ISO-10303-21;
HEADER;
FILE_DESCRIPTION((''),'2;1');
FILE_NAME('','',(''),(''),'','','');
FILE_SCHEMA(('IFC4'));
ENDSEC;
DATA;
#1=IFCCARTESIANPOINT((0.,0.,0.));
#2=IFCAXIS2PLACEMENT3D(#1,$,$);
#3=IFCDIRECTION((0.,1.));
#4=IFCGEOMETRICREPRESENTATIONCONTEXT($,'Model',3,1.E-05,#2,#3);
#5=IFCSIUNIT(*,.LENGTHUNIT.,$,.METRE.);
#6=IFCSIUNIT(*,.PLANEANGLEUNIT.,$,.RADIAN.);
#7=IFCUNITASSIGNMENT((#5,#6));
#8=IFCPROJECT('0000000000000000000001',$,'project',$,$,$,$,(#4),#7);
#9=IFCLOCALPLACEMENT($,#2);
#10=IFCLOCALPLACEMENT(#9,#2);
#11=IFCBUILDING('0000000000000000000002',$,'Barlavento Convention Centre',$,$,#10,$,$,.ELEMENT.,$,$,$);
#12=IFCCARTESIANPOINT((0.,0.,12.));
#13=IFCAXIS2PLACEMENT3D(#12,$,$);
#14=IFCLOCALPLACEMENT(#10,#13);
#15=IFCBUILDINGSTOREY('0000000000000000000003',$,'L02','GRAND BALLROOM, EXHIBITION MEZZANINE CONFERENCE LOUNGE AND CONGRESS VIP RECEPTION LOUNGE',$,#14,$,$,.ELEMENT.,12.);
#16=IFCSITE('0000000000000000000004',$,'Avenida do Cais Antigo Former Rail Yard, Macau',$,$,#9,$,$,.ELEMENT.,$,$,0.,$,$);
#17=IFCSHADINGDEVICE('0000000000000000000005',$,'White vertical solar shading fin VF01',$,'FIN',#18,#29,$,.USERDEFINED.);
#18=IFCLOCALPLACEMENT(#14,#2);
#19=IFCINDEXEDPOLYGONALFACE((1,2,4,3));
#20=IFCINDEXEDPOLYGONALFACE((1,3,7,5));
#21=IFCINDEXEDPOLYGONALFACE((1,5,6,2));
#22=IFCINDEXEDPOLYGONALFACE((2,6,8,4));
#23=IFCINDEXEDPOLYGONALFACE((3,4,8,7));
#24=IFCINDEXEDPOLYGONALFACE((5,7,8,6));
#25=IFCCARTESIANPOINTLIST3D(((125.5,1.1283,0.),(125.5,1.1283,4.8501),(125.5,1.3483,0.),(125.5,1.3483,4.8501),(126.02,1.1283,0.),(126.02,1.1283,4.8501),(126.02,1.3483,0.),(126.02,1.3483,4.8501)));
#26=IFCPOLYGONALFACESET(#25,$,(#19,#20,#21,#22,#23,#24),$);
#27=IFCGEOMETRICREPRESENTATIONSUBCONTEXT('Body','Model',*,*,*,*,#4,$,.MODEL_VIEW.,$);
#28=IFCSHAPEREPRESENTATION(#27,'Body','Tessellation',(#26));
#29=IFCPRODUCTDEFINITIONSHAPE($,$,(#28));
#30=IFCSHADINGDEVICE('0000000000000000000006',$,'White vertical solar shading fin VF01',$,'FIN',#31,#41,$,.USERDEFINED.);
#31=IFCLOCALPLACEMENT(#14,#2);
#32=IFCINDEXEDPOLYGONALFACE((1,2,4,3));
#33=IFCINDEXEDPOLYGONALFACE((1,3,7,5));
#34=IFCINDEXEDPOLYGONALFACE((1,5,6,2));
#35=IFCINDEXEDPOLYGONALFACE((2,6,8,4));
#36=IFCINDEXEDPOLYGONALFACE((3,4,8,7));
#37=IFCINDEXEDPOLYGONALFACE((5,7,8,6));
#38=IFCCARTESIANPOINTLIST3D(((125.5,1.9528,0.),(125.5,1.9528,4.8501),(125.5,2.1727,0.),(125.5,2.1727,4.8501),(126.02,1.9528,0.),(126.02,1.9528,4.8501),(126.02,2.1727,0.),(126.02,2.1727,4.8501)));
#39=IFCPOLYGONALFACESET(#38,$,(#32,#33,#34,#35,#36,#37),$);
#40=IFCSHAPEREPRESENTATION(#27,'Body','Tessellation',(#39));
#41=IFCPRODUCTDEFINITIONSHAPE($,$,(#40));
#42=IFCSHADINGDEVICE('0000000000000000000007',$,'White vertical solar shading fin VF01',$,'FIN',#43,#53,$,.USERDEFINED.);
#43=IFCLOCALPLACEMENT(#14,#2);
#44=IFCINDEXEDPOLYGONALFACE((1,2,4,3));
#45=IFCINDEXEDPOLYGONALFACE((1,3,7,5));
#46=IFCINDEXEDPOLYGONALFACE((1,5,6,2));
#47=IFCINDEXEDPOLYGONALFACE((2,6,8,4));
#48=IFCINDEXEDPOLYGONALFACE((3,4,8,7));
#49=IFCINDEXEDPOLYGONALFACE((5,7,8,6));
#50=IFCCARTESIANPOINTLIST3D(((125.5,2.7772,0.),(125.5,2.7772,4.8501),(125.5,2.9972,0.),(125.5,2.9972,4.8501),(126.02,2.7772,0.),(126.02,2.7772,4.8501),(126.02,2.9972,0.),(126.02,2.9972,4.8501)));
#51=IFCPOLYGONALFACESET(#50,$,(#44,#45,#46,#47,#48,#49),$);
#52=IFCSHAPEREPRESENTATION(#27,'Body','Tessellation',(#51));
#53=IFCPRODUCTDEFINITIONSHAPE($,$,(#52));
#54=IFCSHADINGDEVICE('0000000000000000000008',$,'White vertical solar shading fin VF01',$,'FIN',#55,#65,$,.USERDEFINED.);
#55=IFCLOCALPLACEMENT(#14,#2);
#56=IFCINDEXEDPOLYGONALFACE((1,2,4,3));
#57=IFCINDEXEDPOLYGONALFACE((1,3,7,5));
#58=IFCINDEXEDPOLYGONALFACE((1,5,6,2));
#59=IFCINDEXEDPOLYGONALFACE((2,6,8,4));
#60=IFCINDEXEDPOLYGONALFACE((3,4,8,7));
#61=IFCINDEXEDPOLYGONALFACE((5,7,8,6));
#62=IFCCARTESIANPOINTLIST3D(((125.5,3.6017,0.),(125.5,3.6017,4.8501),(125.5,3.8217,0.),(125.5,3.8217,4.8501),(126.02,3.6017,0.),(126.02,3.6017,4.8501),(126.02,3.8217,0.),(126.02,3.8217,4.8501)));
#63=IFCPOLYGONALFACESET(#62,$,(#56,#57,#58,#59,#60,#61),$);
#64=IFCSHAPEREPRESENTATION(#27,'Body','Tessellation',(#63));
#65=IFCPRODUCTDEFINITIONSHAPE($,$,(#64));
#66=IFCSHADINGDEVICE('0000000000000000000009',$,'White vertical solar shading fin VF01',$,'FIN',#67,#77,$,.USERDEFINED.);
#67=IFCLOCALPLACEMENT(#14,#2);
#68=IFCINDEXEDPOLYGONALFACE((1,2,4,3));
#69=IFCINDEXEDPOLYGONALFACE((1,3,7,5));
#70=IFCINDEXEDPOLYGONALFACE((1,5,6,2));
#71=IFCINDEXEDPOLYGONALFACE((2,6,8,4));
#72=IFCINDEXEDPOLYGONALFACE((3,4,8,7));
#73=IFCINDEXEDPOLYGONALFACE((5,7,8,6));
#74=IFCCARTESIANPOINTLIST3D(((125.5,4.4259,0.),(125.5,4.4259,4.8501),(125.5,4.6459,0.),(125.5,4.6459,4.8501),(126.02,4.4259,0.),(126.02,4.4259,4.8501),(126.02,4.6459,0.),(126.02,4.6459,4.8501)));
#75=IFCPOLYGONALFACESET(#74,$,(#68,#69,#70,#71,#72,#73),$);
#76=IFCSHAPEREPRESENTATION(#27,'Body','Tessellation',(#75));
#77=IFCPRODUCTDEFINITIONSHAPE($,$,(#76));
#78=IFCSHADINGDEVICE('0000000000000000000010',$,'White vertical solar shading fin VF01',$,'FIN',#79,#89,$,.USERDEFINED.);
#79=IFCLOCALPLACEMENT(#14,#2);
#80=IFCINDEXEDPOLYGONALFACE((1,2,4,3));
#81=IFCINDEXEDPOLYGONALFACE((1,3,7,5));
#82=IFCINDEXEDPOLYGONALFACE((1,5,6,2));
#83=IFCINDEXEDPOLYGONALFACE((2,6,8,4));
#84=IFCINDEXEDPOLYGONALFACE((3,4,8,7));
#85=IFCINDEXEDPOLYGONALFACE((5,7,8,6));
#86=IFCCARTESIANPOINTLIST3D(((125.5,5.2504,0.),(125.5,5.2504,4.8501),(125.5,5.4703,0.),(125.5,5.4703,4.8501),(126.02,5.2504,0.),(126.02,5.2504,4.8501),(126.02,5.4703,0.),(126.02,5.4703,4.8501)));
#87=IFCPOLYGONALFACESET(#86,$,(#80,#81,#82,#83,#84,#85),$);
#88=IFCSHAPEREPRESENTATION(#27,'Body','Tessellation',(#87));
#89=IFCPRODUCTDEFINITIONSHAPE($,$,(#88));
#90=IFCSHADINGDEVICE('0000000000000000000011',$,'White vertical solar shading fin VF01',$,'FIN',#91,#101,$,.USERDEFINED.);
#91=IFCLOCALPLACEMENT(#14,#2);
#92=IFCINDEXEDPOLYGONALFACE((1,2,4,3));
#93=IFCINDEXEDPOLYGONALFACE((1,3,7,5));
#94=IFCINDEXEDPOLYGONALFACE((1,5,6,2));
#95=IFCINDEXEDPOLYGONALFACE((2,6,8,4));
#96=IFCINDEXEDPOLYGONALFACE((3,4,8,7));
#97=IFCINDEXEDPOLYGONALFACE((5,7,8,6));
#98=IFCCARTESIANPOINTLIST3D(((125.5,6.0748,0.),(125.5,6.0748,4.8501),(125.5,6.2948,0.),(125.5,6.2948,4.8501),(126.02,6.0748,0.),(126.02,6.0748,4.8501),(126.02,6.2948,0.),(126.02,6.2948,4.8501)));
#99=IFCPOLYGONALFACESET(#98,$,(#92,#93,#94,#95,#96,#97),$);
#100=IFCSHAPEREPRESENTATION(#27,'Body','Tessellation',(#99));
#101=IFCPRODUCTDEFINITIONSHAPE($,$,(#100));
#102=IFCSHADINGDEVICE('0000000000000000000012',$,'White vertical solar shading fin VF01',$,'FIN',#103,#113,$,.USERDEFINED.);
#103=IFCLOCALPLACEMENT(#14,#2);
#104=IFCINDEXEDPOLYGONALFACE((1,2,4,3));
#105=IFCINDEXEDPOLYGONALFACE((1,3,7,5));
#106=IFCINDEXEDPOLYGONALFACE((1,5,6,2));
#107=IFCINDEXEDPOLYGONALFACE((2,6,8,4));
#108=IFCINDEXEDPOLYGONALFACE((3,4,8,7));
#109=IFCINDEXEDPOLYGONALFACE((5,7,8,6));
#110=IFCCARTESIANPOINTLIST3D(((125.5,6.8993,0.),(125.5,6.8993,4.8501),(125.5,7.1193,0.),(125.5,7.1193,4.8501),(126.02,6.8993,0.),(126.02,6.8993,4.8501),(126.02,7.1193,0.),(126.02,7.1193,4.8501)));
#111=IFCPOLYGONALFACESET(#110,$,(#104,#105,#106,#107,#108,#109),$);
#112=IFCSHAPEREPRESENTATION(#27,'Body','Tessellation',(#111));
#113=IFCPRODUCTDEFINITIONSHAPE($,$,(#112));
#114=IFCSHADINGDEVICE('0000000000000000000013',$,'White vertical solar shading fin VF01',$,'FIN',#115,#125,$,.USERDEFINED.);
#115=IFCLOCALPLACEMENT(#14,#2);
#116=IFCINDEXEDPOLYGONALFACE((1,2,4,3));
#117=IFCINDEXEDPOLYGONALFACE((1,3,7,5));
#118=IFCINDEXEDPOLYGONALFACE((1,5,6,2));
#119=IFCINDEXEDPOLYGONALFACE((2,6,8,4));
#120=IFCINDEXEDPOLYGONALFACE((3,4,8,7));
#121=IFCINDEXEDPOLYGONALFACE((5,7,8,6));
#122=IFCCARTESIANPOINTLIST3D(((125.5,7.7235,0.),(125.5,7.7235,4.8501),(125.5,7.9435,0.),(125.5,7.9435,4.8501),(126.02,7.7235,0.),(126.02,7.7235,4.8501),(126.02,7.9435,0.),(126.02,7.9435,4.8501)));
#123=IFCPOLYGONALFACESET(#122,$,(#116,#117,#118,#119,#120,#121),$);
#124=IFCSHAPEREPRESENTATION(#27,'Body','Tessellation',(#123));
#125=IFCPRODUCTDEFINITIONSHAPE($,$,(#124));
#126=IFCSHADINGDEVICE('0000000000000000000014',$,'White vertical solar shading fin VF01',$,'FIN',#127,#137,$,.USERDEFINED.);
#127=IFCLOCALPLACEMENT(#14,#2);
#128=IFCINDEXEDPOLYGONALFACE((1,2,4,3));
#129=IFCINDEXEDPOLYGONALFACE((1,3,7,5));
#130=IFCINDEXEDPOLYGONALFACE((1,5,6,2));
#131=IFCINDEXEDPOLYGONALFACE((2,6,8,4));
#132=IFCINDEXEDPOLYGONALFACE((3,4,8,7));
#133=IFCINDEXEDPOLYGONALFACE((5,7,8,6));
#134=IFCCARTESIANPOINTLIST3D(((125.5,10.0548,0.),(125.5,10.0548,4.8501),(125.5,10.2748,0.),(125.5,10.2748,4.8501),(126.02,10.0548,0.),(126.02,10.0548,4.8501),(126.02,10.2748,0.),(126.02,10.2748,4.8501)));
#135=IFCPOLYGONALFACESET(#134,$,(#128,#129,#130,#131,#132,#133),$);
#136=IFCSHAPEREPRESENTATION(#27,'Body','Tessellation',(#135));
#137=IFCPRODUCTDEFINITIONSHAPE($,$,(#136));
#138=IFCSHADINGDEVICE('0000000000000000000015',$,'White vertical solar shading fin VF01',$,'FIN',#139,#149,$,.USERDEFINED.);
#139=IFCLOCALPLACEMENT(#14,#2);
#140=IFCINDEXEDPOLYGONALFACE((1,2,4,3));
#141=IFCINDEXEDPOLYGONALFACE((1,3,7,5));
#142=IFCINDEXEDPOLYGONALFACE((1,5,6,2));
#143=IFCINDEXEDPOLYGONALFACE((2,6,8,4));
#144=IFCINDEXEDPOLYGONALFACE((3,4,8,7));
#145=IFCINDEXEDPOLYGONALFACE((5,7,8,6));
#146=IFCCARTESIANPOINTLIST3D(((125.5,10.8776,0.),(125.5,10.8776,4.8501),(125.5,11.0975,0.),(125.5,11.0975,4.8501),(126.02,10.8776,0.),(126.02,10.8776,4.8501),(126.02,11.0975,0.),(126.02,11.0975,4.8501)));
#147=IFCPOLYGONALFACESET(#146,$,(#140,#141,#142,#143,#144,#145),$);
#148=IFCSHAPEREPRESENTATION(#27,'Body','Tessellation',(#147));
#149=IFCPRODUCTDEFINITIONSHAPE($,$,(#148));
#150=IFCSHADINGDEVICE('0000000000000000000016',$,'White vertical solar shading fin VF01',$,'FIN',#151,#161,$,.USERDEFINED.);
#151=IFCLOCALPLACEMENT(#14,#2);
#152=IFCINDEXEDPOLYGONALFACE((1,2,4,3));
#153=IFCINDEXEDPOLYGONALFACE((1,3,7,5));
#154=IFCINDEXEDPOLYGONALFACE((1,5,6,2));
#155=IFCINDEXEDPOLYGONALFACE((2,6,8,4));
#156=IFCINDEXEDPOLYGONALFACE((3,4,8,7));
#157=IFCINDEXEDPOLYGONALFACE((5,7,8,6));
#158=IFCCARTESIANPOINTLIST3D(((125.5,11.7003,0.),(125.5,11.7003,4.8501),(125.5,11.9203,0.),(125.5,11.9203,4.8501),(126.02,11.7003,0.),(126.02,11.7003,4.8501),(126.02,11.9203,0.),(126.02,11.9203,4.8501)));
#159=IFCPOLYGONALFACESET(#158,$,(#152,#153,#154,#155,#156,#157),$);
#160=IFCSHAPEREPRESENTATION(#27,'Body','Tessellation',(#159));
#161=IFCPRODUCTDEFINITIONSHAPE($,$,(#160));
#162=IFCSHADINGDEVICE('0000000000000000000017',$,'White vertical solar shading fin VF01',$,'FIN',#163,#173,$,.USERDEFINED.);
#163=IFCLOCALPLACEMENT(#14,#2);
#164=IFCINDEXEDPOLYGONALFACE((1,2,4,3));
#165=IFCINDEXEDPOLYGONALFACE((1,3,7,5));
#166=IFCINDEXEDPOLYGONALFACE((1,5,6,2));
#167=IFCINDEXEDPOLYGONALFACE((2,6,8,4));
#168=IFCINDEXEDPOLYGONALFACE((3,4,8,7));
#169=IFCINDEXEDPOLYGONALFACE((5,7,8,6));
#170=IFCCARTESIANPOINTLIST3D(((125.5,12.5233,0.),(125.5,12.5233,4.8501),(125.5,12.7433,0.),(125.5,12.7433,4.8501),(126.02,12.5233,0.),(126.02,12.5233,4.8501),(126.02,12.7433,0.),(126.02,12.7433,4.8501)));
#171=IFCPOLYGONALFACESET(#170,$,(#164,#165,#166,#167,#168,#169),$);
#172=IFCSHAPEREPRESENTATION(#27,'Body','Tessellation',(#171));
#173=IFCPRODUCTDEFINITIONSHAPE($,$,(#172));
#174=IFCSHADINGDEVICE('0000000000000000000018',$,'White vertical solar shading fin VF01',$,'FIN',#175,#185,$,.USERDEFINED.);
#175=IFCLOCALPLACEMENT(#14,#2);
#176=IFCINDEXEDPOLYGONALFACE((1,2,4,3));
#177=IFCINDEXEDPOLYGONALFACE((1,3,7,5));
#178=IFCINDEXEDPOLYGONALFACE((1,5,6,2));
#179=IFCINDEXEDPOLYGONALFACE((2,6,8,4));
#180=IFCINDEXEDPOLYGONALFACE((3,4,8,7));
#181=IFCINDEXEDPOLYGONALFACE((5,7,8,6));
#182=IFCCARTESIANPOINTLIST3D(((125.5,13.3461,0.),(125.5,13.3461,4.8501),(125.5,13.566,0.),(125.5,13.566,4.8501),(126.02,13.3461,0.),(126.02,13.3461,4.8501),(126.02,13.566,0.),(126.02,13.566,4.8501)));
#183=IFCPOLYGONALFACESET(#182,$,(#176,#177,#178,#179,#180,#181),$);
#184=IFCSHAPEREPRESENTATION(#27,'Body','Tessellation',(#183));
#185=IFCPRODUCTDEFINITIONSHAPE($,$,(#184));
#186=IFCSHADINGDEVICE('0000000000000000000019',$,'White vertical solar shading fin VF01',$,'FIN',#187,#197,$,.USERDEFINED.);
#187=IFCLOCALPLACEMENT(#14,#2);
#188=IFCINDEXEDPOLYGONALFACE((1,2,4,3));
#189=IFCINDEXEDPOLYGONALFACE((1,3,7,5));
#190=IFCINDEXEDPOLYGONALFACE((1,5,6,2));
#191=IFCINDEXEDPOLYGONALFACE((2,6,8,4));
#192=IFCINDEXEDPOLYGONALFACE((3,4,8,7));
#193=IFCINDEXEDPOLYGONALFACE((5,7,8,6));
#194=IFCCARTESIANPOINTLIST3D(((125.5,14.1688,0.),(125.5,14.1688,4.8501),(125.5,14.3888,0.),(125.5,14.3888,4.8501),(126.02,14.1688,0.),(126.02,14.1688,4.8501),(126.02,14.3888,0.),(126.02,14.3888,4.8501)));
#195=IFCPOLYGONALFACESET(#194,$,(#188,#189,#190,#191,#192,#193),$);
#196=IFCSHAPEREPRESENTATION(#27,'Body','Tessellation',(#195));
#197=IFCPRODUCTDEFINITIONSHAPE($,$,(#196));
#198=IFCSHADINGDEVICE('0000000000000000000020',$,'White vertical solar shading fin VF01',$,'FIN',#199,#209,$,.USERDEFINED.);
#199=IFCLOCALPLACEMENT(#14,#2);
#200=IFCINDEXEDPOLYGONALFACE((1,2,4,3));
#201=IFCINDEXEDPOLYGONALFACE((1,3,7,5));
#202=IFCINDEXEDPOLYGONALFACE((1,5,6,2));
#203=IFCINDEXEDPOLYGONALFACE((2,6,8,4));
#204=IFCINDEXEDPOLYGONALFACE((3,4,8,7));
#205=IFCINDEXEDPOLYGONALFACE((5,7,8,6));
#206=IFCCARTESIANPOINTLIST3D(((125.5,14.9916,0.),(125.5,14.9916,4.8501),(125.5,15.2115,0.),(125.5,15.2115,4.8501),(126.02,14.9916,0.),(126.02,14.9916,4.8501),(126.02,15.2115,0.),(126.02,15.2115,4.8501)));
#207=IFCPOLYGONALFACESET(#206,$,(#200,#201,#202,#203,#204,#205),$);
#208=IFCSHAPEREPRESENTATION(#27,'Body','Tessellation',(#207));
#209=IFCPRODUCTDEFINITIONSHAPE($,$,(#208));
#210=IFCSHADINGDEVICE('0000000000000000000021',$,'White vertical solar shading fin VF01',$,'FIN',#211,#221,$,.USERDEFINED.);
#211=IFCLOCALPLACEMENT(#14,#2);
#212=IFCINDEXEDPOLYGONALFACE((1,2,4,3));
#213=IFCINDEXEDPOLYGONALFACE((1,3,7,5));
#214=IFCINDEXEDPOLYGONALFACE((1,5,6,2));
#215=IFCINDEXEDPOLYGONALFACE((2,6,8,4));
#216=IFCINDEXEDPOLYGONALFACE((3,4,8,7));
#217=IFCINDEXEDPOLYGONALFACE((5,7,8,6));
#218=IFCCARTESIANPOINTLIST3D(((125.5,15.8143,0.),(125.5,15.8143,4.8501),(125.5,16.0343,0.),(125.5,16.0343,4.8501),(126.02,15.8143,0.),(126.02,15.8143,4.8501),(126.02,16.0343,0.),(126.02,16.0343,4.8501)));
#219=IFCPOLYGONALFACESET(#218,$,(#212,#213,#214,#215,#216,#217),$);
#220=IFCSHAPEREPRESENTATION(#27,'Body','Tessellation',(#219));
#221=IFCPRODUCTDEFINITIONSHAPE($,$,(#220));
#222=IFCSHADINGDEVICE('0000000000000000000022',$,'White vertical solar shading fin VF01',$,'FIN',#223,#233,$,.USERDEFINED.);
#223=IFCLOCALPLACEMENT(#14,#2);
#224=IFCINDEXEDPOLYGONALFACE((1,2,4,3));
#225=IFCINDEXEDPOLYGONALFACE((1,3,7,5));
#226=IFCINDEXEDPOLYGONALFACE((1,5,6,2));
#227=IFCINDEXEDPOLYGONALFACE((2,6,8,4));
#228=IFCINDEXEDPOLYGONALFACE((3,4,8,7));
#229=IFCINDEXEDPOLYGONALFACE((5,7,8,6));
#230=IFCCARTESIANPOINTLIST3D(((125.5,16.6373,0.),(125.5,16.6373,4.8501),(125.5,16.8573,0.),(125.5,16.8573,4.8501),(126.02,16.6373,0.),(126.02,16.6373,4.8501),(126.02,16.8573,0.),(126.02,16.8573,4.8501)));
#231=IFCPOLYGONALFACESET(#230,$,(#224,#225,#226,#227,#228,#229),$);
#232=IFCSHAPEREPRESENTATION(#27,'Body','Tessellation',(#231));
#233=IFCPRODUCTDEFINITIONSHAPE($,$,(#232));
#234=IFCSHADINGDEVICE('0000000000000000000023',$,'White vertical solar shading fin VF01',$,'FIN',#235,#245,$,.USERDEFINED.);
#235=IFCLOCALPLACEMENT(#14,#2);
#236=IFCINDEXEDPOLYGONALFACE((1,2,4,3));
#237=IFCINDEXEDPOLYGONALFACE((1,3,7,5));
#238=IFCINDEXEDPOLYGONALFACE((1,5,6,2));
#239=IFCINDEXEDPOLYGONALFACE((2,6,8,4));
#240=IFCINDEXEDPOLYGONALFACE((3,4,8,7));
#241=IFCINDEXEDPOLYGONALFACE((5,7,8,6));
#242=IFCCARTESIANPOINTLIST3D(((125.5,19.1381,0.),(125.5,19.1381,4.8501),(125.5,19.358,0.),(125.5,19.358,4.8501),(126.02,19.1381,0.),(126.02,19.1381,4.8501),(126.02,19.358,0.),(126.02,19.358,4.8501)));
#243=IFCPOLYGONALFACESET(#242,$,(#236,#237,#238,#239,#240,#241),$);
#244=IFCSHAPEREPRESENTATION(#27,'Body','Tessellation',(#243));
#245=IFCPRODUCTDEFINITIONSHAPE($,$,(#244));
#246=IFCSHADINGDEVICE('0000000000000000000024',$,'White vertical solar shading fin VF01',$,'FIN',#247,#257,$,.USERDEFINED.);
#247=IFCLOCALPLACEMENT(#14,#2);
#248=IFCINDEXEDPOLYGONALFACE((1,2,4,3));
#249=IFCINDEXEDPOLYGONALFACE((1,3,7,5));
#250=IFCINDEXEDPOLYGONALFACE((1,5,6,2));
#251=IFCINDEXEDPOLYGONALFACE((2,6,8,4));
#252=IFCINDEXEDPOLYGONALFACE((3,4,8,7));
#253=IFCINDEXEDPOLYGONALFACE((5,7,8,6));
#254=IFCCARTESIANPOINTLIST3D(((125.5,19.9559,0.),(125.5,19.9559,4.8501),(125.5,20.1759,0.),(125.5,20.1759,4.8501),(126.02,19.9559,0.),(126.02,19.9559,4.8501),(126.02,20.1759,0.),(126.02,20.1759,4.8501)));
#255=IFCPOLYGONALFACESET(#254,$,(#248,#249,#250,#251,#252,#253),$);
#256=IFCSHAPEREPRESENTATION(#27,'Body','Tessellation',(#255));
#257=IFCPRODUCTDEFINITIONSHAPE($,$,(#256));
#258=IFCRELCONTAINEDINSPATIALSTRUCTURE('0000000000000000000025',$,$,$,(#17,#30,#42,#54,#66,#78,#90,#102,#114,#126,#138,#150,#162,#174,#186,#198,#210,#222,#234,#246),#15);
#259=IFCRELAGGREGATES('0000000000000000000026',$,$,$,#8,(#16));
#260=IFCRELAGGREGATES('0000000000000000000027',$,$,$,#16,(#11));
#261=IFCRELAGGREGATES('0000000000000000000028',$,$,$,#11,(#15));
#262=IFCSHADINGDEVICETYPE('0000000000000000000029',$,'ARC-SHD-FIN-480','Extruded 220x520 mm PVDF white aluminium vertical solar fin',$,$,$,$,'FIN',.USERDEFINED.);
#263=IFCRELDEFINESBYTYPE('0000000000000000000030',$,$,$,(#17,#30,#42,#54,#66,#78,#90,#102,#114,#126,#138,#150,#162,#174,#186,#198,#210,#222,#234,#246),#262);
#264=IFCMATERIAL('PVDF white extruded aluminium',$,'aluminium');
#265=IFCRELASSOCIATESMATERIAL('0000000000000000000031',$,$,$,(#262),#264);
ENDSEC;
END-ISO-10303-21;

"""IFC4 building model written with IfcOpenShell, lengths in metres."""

from ifc_helpers import new_model, si_unit, direction, frame, origin, origin_2d, place, context, subcontext, project, spatial, rectangle, extrude, material, type_object, element, save


model = new_model("IFC4")

# Units and contexts
model_context = context("Model", 3, precision=1e-05, world=origin(), true_north=direction((0.0, 1.0)))
body_context = subcontext(model_context, "Body", "Model", "MODEL_VIEW")
ifc_project = project(units=[si_unit("LENGTHUNIT", "METRE"), si_unit("PLANEANGLEUNIT", "RADIAN")], contexts=[model_context])

# Site, building, storey
site_placement = place(None, origin())
site = spatial("IfcSite", under=ifc_project, at=site_placement, Name="Avenida do Cais Antigo Former Rail Yard, Macau", CompositionType="ELEMENT", RefElevation=0.0)
building_placement = place(site_placement, origin())
building = spatial("IfcBuilding", under=site, at=building_placement, Name="Barlavento Convention Centre", CompositionType="ELEMENT")
storey_placement = place(building_placement, frame((0.0, 0.0, 12.0)))
storey = spatial("IfcBuildingStorey", under=building, at=storey_placement, Name="L02", Description="GRAND BALLROOM, EXHIBITION MEZZANINE CONFERENCE LOUNGE AND CONGRESS VIP RECEPTION LOUNGE", CompositionType="ELEMENT", Elevation=12.0)

# Shading devices
ifc_material_1 = material(Name="PVDF white extruded aluminium", Category="aluminium")
shading_device_type = type_object("IfcShadingDeviceType", Name="ARC-SHD-FIN-480", Description="Extruded 220x520 mm PVDF white aluminium vertical solar fin", ElementType="FIN", PredefinedType="USERDEFINED", material=ifc_material_1)
for number, where, z_axis, x_axis, name in (
    (1, (125.76, 1.2383, 0.0), (0.0, 0.0, 1.0), (0.0, 1.0, 0.0), "White vertical solar shading fin VF01"),
    (2, (125.76, 2.0627, 0.0), (0.0, 0.0, 1.0), (0.0, 1.0, 0.0), "White vertical solar shading fin VF01"),
    (3, (125.76, 2.8872, 0.0), (0.0, 0.0, 1.0), (0.0, 1.0, 0.0), "White vertical solar shading fin VF01"),
    (4, (125.76, 3.7117, 0.0), (0.0, 0.0, 1.0), (0.0, 1.0, 0.0), "White vertical solar shading fin VF01"),
    (5, (125.76, 4.5359, 0.0), (0.0, 0.0, 1.0), (0.0, 1.0, 0.0), "White vertical solar shading fin VF01"),
    (6, (125.76, 5.3604, 0.0), (0.0, 0.0, 1.0), (0.0, 1.0, 0.0), "White vertical solar shading fin VF01"),
    (7, (125.76, 6.1848, 0.0), (0.0, 0.0, 1.0), (0.0, 1.0, 0.0), "White vertical solar shading fin VF01"),
    (8, (125.76, 7.0093, 0.0), (0.0, 0.0, 1.0), (0.0, 1.0, 0.0), "White vertical solar shading fin VF01"),
    (9, (125.76, 7.8335, 0.0), (0.0, 0.0, 1.0), (0.0, 1.0, 0.0), "White vertical solar shading fin VF01"),
    (10, (125.76, 10.1648, 0.0), (0.0, 0.0, 1.0), (0.0, 1.0, 0.0), "White vertical solar shading fin VF01"),
    (11, (125.76, 10.9875, 0.0), (0.0, 0.0, 1.0), (0.0, 1.0, 0.0), "White vertical solar shading fin VF01"),
    (12, (125.76, 11.8103, 0.0), (0.0, 0.0, 1.0), (0.0, 1.0, 0.0), "White vertical solar shading fin VF01"),
    (13, (125.76, 12.6333, 0.0), (0.0, 0.0, 1.0), (0.0, 1.0, 0.0), "White vertical solar shading fin VF01"),
    (14, (125.76, 13.4561, 0.0), (0.0, 0.0, 1.0), (0.0, 1.0, 0.0), "White vertical solar shading fin VF01"),
    (15, (125.76, 14.2788, 0.0), (0.0, 0.0, 1.0), (0.0, 1.0, 0.0), "White vertical solar shading fin VF01"),
    (16, (125.76, 15.1016, 0.0), (0.0, 0.0, 1.0), (0.0, 1.0, 0.0), "White vertical solar shading fin VF01"),
    (17, (125.76, 15.9243, 0.0), (0.0, 0.0, 1.0), (0.0, 1.0, 0.0), "White vertical solar shading fin VF01"),
    (18, (125.76, 16.7473, 0.0), (0.0, 0.0, 1.0), (0.0, 1.0, 0.0), "White vertical solar shading fin VF01"),
    (19, (125.76, 19.248, 0.0), (0.0, 0.0, 1.0), (0.0, 1.0, 0.0), "White vertical solar shading fin VF01"),
    (20, (125.76, 20.0659, 0.0), (0.0, 0.0, 1.0), (0.0, 1.0, 0.0), "White vertical solar shading fin VF01"),
):
    element("IfcShadingDevice", number, at=place(storey_placement, frame(where, z_axis=z_axis, x_axis=x_axis)), inside=storey, type_object=shading_device_type, Name=name, ObjectType="FIN", PredefinedType="USERDEFINED", context=body_context, shape_type="SweptSolid", body=[
        extrude(rectangle(XDim=0.22, YDim=0.52, at=origin_2d()), origin(), (0.0, 0.0, 1.0), 4.8501),
    ])

save(model, "model.ifc")
